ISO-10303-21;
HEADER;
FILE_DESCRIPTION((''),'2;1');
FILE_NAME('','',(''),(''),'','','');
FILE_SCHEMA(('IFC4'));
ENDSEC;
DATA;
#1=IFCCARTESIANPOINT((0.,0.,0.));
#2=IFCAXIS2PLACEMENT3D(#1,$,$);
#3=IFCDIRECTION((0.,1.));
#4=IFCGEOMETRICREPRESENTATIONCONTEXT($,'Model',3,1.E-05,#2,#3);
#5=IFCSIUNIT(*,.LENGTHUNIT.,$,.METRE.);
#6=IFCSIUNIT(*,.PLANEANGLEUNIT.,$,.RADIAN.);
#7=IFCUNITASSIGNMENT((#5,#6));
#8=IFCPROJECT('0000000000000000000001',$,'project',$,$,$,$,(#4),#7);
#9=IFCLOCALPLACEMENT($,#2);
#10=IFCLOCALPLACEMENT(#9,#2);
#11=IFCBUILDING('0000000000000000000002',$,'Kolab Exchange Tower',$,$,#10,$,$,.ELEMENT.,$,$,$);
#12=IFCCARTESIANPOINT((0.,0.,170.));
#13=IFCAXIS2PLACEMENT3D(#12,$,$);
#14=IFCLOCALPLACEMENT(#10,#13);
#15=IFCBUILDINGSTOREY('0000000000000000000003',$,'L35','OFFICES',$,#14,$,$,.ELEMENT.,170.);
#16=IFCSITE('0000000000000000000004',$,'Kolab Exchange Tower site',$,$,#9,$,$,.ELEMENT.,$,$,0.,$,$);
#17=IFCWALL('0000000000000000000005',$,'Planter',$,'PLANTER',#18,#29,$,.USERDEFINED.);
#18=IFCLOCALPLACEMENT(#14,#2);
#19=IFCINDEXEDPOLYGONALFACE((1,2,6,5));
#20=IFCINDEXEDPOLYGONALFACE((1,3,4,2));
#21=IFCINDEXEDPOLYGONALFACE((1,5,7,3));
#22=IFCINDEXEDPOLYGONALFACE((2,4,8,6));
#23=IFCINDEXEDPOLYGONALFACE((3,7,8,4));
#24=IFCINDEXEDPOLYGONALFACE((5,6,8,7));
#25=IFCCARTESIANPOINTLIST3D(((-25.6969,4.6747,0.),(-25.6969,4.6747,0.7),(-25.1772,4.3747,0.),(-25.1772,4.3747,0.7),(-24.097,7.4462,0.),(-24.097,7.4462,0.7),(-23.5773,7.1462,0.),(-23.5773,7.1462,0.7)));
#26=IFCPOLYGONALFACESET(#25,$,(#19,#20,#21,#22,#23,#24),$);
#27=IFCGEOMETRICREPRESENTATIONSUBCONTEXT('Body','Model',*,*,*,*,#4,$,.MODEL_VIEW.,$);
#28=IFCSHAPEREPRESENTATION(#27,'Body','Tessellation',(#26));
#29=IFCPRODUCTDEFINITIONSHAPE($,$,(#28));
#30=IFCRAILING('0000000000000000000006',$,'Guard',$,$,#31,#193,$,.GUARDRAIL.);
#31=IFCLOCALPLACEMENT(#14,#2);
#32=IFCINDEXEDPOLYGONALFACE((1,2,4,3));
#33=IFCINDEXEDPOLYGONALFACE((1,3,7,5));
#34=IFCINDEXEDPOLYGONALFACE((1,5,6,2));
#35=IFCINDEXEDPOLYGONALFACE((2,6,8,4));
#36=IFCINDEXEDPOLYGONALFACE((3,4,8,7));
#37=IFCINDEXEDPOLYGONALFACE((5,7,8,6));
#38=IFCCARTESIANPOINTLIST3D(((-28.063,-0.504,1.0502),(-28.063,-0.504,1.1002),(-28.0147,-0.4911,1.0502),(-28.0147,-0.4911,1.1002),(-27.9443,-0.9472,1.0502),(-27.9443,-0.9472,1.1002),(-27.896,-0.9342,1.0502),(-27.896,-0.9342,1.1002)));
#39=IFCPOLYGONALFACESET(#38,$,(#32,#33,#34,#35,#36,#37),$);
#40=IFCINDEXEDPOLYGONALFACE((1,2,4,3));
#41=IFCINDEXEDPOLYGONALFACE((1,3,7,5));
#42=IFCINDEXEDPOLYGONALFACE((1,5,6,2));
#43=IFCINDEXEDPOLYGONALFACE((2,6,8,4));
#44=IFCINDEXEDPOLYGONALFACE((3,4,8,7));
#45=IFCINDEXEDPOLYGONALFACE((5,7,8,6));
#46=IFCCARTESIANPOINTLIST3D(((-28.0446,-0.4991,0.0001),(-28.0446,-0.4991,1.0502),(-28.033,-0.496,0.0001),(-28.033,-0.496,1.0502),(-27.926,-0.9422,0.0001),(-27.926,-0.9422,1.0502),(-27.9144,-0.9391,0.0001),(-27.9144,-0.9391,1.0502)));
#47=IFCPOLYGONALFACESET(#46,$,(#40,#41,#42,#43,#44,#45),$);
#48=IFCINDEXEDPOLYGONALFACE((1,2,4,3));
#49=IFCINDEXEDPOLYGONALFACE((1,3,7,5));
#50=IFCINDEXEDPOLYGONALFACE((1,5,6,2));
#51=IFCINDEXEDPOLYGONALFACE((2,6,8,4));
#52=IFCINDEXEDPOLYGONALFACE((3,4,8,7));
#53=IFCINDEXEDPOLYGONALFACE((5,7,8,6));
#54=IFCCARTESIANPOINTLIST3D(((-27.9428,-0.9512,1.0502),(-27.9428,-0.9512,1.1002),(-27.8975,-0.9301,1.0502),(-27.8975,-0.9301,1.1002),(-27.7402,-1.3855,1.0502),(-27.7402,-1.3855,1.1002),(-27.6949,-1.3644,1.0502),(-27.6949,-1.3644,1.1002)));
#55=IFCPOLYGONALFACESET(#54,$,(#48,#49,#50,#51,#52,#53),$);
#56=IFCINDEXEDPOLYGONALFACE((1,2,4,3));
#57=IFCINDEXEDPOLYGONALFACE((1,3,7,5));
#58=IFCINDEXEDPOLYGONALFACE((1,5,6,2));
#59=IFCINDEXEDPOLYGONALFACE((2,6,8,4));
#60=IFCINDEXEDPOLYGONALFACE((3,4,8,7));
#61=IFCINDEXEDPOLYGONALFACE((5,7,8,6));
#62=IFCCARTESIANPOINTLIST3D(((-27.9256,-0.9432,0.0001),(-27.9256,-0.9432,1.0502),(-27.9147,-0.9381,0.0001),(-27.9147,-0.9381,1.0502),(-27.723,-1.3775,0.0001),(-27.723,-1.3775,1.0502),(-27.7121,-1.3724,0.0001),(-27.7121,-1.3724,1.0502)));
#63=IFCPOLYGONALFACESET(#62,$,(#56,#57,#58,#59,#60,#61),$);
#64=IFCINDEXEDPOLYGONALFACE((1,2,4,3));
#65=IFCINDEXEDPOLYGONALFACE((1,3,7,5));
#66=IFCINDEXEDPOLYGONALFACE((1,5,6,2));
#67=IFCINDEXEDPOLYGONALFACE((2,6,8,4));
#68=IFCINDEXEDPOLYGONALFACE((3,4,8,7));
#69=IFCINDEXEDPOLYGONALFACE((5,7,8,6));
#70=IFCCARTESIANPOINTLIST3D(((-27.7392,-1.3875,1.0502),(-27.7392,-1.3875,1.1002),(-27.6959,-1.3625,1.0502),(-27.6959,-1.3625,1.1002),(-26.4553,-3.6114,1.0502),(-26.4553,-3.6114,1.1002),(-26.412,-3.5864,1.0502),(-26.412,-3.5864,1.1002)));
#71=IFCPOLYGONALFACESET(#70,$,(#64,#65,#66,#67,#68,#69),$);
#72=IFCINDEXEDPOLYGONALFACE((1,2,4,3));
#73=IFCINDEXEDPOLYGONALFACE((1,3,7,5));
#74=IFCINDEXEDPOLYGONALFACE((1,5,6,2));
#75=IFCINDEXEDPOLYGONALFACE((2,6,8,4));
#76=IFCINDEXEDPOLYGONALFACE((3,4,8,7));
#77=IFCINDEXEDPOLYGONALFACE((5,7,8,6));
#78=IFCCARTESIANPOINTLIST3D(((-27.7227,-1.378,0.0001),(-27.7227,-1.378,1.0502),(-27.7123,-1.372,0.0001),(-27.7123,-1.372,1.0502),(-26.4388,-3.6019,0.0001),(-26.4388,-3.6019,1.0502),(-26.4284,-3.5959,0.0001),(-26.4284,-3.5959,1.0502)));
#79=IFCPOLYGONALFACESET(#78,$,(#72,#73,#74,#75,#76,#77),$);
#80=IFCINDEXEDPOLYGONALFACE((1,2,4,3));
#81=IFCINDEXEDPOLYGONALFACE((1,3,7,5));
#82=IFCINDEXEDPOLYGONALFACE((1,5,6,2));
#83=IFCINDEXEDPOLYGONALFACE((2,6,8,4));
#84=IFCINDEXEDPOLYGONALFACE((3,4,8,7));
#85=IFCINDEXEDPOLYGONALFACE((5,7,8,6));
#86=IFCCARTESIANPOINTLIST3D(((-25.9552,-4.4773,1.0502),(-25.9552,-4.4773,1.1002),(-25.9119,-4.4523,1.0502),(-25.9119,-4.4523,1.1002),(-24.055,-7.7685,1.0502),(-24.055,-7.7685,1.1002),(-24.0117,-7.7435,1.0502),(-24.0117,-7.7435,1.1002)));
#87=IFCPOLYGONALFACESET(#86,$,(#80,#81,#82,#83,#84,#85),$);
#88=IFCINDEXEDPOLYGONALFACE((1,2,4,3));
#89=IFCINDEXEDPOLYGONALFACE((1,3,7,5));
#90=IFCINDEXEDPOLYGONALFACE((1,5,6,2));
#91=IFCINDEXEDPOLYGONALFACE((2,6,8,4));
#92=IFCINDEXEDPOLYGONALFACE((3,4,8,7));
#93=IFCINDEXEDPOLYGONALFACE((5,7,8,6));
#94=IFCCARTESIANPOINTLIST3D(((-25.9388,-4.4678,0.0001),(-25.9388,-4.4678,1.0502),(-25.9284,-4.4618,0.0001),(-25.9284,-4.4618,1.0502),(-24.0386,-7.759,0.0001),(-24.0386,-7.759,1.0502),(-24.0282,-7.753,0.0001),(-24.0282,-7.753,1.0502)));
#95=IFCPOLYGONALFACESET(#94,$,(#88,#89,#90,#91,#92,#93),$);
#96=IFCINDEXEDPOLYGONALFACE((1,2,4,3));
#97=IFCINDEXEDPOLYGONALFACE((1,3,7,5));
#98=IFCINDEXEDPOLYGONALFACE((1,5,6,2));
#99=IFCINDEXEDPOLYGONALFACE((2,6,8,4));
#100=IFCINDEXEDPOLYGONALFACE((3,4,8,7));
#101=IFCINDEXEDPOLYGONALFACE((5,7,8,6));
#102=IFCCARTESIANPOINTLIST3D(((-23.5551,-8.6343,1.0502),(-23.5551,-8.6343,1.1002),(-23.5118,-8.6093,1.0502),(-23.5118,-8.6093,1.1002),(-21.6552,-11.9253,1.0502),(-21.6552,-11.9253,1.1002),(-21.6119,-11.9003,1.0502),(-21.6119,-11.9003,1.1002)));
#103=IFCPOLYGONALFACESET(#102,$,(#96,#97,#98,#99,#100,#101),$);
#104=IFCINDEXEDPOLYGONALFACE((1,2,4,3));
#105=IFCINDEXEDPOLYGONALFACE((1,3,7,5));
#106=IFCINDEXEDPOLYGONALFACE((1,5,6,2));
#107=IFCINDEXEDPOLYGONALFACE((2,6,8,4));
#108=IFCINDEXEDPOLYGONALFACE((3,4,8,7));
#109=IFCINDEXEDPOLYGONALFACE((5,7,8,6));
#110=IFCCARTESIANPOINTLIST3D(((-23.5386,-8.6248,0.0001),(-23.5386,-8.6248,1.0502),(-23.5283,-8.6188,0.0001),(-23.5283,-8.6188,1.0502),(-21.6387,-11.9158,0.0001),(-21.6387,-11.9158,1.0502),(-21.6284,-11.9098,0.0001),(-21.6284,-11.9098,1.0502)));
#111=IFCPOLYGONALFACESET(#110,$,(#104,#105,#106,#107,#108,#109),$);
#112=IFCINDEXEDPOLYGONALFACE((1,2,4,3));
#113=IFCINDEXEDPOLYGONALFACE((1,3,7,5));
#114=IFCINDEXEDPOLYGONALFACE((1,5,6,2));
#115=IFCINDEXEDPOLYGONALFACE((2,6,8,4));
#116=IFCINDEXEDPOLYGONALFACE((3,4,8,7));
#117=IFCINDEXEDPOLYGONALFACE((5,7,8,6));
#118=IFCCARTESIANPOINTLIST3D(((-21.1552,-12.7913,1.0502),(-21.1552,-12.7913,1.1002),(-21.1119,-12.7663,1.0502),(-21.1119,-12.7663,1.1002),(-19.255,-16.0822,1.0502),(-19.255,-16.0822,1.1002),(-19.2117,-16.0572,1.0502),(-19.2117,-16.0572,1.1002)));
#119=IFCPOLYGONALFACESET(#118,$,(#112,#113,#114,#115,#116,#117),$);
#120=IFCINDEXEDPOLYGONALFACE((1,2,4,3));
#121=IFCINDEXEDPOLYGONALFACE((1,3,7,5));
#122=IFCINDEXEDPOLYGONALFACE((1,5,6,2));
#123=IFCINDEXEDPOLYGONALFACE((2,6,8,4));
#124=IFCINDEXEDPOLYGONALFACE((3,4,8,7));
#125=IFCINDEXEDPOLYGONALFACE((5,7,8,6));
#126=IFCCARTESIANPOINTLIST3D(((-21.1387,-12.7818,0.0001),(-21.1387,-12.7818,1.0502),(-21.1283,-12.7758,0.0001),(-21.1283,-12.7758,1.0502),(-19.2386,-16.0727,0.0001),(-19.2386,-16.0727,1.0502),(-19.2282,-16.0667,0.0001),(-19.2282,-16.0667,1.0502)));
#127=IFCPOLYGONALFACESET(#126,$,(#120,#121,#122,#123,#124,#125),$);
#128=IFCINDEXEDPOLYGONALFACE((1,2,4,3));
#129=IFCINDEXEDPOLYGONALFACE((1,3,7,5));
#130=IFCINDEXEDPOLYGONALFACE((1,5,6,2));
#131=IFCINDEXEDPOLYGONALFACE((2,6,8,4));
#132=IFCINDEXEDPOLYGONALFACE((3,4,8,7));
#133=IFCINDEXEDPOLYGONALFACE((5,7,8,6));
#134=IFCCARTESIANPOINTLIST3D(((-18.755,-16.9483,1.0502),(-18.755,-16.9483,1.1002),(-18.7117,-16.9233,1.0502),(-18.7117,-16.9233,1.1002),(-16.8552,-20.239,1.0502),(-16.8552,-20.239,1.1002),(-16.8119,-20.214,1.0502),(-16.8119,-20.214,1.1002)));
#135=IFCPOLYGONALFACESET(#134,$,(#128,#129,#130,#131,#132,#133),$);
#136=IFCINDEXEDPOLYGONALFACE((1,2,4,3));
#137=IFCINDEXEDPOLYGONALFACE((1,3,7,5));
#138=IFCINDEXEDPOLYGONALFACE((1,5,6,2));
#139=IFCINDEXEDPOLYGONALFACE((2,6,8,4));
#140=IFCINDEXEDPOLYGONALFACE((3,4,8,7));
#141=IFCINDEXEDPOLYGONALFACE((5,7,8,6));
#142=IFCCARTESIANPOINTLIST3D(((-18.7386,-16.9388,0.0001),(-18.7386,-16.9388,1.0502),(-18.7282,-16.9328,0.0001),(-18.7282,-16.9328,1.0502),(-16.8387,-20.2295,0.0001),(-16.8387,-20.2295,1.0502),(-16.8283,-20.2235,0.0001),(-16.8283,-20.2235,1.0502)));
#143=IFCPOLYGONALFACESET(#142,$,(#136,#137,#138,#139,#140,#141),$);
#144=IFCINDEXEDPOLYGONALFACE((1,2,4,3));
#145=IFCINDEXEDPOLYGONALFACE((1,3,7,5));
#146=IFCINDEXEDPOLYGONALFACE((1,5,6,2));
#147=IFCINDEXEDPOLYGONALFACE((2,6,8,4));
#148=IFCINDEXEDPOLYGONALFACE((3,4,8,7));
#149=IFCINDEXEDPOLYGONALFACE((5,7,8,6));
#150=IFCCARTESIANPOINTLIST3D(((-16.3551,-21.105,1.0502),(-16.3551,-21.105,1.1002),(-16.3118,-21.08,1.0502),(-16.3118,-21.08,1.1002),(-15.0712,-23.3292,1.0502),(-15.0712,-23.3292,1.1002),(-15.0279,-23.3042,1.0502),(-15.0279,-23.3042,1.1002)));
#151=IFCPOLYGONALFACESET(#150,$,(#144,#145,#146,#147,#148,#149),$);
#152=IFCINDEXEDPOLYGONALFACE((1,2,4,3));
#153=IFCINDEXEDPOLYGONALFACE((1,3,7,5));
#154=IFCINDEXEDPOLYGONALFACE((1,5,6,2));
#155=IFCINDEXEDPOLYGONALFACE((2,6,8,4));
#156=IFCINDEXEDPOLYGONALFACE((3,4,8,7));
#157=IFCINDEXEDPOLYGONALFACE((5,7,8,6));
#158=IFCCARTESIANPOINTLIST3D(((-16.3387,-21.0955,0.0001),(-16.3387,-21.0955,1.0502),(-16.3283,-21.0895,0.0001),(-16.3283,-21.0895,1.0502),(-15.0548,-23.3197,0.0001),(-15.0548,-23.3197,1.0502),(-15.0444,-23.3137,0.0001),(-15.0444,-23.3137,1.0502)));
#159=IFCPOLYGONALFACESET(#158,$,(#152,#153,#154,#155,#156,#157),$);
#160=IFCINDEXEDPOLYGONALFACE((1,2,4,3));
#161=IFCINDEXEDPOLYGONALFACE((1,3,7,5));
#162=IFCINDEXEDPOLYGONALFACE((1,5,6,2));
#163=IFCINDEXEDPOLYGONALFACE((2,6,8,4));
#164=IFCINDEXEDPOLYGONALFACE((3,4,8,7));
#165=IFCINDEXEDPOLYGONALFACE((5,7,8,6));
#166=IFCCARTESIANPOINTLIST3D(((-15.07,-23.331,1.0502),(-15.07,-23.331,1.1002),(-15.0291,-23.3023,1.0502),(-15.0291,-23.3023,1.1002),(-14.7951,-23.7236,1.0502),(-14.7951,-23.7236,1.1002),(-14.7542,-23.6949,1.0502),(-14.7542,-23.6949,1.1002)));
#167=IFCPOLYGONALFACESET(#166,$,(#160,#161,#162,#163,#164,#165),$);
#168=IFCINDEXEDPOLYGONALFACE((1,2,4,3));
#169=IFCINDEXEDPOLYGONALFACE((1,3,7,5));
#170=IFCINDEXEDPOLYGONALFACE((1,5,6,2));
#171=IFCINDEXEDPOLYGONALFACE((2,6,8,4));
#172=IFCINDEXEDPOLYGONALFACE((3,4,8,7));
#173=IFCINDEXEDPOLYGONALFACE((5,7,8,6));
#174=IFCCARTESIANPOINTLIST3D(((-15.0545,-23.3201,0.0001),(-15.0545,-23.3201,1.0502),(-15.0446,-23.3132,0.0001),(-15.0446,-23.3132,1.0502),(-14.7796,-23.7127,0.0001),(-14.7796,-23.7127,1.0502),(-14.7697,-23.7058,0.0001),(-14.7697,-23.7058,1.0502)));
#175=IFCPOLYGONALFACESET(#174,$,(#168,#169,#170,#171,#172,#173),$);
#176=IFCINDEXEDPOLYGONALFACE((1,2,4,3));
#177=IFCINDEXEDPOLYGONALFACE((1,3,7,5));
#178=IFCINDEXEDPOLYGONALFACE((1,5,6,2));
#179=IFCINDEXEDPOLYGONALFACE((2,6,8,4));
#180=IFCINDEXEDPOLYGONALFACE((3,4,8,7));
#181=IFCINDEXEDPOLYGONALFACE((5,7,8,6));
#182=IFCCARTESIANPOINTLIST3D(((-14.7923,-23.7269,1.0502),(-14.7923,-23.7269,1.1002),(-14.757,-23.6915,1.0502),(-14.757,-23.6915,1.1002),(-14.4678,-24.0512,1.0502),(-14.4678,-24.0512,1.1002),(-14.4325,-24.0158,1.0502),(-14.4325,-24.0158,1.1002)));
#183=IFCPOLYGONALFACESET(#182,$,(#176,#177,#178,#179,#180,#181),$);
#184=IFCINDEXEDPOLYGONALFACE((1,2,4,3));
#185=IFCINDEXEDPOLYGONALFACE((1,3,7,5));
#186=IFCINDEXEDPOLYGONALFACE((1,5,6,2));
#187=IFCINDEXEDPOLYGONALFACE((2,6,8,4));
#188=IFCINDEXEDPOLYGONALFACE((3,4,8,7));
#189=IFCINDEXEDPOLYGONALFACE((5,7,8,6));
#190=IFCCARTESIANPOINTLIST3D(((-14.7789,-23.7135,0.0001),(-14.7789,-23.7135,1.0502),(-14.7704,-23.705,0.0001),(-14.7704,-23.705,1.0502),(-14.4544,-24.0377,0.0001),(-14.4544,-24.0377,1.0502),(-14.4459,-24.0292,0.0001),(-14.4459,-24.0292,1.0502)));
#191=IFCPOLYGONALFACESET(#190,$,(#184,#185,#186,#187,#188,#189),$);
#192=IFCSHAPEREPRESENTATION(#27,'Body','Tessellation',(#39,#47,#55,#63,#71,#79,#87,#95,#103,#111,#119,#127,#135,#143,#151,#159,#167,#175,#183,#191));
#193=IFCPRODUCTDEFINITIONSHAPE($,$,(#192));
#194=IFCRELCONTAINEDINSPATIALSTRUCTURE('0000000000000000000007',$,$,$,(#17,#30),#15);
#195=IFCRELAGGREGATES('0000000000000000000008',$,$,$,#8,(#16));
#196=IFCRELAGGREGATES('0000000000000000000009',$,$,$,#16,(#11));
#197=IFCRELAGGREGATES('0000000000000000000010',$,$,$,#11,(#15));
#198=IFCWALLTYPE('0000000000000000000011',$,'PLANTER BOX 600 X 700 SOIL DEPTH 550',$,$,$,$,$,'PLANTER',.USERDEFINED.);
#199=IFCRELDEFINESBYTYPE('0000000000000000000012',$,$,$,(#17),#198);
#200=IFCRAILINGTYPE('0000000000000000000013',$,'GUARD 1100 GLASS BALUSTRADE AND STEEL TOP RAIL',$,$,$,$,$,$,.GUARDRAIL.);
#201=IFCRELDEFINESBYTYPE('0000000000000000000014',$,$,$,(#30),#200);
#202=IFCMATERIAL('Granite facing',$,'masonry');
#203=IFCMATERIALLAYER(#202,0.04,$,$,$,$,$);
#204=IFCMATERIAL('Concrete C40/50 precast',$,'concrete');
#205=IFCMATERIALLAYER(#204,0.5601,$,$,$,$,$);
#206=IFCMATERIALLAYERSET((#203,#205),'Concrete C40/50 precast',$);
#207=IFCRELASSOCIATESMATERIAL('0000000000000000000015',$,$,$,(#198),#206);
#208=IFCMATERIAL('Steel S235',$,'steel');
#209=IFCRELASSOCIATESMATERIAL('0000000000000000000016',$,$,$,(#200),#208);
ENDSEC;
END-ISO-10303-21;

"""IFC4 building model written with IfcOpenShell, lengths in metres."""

from ifc_helpers import new_model, si_unit, direction, frame, frame_2d, origin, origin_2d, place, context, subcontext, project, spatial, rectangle, extrude, material, layer, layer_set, type_object, element, save


model = new_model("IFC4")

# Units and contexts
model_context = context("Model", 3, precision=1e-05, world=origin(), true_north=direction((0.0, 1.0)))
body_context = subcontext(model_context, "Body", "Model", "MODEL_VIEW")
ifc_project = project(units=[si_unit("LENGTHUNIT", "METRE"), si_unit("PLANEANGLEUNIT", "RADIAN")], contexts=[model_context])

# Site, building, storey
site_placement = place(None, origin())
site = spatial("IfcSite", under=ifc_project, at=site_placement, Name="Kolab Exchange Tower site", CompositionType="ELEMENT", RefElevation=0.0)
building_placement = place(site_placement, origin())
building = spatial("IfcBuilding", under=site, at=building_placement, Name="Kolab Exchange Tower", CompositionType="ELEMENT")
storey_placement = place(building_placement, frame((0.0, 0.0, 170.0)))
storey = spatial("IfcBuildingStorey", under=building, at=storey_placement, Name="L35", Description="OFFICES", CompositionType="ELEMENT", Elevation=170.0)

# Wall
ifc_material_1 = material(Name="Granite facing", Category="masonry")
ifc_layer_1 = layer(ifc_material_1, 0.04)
ifc_material_2 = material(Name="Concrete C40/50 precast", Category="concrete")
ifc_layer_2 = layer(ifc_material_2, 0.5601)
ifc_layer_set_1 = layer_set([ifc_layer_1, ifc_layer_2], Name="Concrete C40/50 precast")
wall_type_1 = type_object("IfcWallType", Name="PLANTER BOX 600 X 700 SOIL DEPTH 550", ElementType="PLANTER", PredefinedType="USERDEFINED", material=ifc_layer_set_1)
wall_1_placement = place(storey_placement, frame((-25.437, 4.5247, 0.0), z_axis=(0.0, 0.0, 1.0), x_axis=(0.499938, 0.866061, 0.0)))
element("IfcWall", 1, at=wall_1_placement, inside=storey, type_object=wall_type_1, Name="Planter", ObjectType="PLANTER", PredefinedType="USERDEFINED", context=body_context, shape_type="SweptSolid", body=[
    extrude(rectangle(XDim=3.2002, YDim=0.6001, at=frame_2d((1.6001, 0.0))), origin(), (0.0, 0.0, 1.0), 0.7),
])

# Railing
ifc_material_3 = material(Name="Steel S235", Category="steel")
railing_type = type_object("IfcRailingType", Name="GUARD 1100 GLASS BALUSTRADE AND STEEL TOP RAIL", PredefinedType="GUARDRAIL", material=ifc_material_3)
railing_placement = place(storey_placement, frame((-28.0388, -0.4976, 0.0)))
element("IfcRailing", 2, at=railing_placement, inside=storey, type_object=railing_type, Name="Guard", PredefinedType="GUARDRAIL", context=body_context, shape_type="SweptSolid", body=[
    extrude(rectangle(XDim=0.05, YDim=0.05, at=origin_2d()), frame((0.0, 0.0, 1.0752), z_axis=(0.258656, -0.965969, 0.0), x_axis=(0.965969, 0.258656, 0.0)), (0.0, 0.0, 1.0), 0.4587),
    extrude(rectangle(XDim=0.012, YDim=1.0501, at=frame_2d((0.0, 0.5251))), frame((0.0, 0.0, 0.0), z_axis=(0.258656, -0.965969, 0.0), x_axis=(0.965969, 0.258656, 0.0)), (0.0, 0.0, 1.0), 0.4587),
    extrude(rectangle(XDim=0.05, YDim=0.05, at=origin_2d()), frame((0.1187, -0.4431, 1.0752), z_axis=(0.422802, -0.906222, 0.0), x_axis=(0.906222, 0.422802, 0.0)), (0.0, 0.0, 1.0), 0.4792),
    extrude(rectangle(XDim=0.012, YDim=1.0501, at=frame_2d((0.0, 0.5251))), frame((0.1187, -0.4431, 0.0), z_axis=(0.422802, -0.906222, 0.0), x_axis=(0.906222, 0.422802, 0.0)), (0.0, 0.0, 1.0), 0.4792),
    extrude(rectangle(XDim=0.05, YDim=0.05, at=origin_2d()), frame((0.3213, -0.8774, 1.0752), z_axis=(0.499994, -0.866029, 0.0), x_axis=(0.866029, 0.499994, 0.0)), (0.0, 0.0, 1.0), 2.5679),
    extrude(rectangle(XDim=0.012, YDim=1.0501, at=frame_2d((0.0, 0.5251))), frame((0.3213, -0.8774, 0.0), z_axis=(0.499994, -0.866029, 0.0), x_axis=(0.866029, 0.499994, 0.0)), (0.0, 0.0, 1.0), 2.5679),
    extrude(rectangle(XDim=0.05, YDim=0.05, at=origin_2d()), frame((2.1052, -3.9673, 1.0752), z_axis=(0.500015, -0.866017, 0.0), x_axis=(0.866017, 0.500015, 0.0)), (0.0, 0.0, 1.0), 3.8003),
    extrude(rectangle(XDim=0.012, YDim=1.0501, at=frame_2d((0.0, 0.5251))), frame((2.1052, -3.9673, 0.0), z_axis=(0.500015, -0.866017, 0.0), x_axis=(0.866017, 0.500015, 0.0)), (0.0, 0.0, 1.0), 3.8003),
    extrude(rectangle(XDim=0.05, YDim=0.05, at=origin_2d()), frame((4.5054, -8.1243, 1.0752), z_axis=(0.499967, -0.866044, 0.0), x_axis=(0.866044, 0.499967, 0.0)), (0.0, 0.0, 1.0), 3.8),
    extrude(rectangle(XDim=0.012, YDim=1.0501, at=frame_2d((0.0, 0.5251))), frame((4.5054, -8.1243, 0.0), z_axis=(0.499967, -0.866044, 0.0), x_axis=(0.866044, 0.499967, 0.0)), (0.0, 0.0, 1.0), 3.8),
    extrude(rectangle(XDim=0.05, YDim=0.05, at=origin_2d()), frame((6.9053, -12.2812, 1.0752), z_axis=(0.500043, -0.866, 0.0), x_axis=(0.866, 0.500043, 0.0)), (0.0, 0.0, 1.0), 3.8),
    extrude(rectangle(XDim=0.012, YDim=1.0501, at=frame_2d((0.0, 0.5251))), frame((6.9053, -12.2812, 0.0), z_axis=(0.500043, -0.866, 0.0), x_axis=(0.866, 0.500043, 0.0)), (0.0, 0.0, 1.0), 3.8),
    extrude(rectangle(XDim=0.05, YDim=0.05, at=origin_2d()), frame((9.3054, -16.4382, 1.0752), z_axis=(0.499995, -0.866028, 0.0), x_axis=(0.866028, 0.499995, 0.0)), (0.0, 0.0, 1.0), 3.7998),
    extrude(rectangle(XDim=0.012, YDim=1.0501, at=frame_2d((0.0, 0.5251))), frame((9.3054, -16.4382, 0.0), z_axis=(0.499995, -0.866028, 0.0), x_axis=(0.866028, 0.499995, 0.0)), (0.0, 0.0, 1.0), 3.7998),
    extrude(rectangle(XDim=0.05, YDim=0.05, at=origin_2d()), frame((11.7053, -20.595, 1.0752), z_axis=(0.499953, -0.866053, 0.0), x_axis=(0.866053, 0.499953, 0.0)), (0.0, 0.0, 1.0), 2.5681),
    extrude(rectangle(XDim=0.012, YDim=1.0501, at=frame_2d((0.0, 0.5251))), frame((11.7053, -20.595, 0.0), z_axis=(0.499953, -0.866053, 0.0), x_axis=(0.866053, 0.499953, 0.0)), (0.0, 0.0, 1.0), 2.5681),
    extrude(rectangle(XDim=0.05, YDim=0.05, at=origin_2d()), frame((12.9893, -22.8191, 1.0752), z_axis=(0.573599, -0.819136, 0.0), x_axis=(0.819136, 0.573599, 0.0)), (0.0, 0.0, 1.0), 0.4792),
    extrude(rectangle(XDim=0.012, YDim=1.0501, at=frame_2d((0.0, 0.5251))), frame((12.9893, -22.8191, 0.0), z_axis=(0.573599, -0.819136, 0.0), x_axis=(0.819136, 0.573599, 0.0)), (0.0, 0.0, 1.0), 0.4792),
    extrude(rectangle(XDim=0.05, YDim=0.05, at=origin_2d()), frame((13.2642, -23.2117, 1.0752), z_axis=(0.707373, -0.706841, 0.0), x_axis=(0.706841, 0.707373, 0.0)), (0.0, 0.0, 1.0), 0.4587),
    extrude(rectangle(XDim=0.012, YDim=1.0501, at=frame_2d((0.0, 0.5251))), frame((13.2642, -23.2117, 0.0), z_axis=(0.707373, -0.706841, 0.0), x_axis=(0.706841, 0.707373, 0.0)), (0.0, 0.0, 1.0), 0.4587),
])

save(model, "model.ifc")
